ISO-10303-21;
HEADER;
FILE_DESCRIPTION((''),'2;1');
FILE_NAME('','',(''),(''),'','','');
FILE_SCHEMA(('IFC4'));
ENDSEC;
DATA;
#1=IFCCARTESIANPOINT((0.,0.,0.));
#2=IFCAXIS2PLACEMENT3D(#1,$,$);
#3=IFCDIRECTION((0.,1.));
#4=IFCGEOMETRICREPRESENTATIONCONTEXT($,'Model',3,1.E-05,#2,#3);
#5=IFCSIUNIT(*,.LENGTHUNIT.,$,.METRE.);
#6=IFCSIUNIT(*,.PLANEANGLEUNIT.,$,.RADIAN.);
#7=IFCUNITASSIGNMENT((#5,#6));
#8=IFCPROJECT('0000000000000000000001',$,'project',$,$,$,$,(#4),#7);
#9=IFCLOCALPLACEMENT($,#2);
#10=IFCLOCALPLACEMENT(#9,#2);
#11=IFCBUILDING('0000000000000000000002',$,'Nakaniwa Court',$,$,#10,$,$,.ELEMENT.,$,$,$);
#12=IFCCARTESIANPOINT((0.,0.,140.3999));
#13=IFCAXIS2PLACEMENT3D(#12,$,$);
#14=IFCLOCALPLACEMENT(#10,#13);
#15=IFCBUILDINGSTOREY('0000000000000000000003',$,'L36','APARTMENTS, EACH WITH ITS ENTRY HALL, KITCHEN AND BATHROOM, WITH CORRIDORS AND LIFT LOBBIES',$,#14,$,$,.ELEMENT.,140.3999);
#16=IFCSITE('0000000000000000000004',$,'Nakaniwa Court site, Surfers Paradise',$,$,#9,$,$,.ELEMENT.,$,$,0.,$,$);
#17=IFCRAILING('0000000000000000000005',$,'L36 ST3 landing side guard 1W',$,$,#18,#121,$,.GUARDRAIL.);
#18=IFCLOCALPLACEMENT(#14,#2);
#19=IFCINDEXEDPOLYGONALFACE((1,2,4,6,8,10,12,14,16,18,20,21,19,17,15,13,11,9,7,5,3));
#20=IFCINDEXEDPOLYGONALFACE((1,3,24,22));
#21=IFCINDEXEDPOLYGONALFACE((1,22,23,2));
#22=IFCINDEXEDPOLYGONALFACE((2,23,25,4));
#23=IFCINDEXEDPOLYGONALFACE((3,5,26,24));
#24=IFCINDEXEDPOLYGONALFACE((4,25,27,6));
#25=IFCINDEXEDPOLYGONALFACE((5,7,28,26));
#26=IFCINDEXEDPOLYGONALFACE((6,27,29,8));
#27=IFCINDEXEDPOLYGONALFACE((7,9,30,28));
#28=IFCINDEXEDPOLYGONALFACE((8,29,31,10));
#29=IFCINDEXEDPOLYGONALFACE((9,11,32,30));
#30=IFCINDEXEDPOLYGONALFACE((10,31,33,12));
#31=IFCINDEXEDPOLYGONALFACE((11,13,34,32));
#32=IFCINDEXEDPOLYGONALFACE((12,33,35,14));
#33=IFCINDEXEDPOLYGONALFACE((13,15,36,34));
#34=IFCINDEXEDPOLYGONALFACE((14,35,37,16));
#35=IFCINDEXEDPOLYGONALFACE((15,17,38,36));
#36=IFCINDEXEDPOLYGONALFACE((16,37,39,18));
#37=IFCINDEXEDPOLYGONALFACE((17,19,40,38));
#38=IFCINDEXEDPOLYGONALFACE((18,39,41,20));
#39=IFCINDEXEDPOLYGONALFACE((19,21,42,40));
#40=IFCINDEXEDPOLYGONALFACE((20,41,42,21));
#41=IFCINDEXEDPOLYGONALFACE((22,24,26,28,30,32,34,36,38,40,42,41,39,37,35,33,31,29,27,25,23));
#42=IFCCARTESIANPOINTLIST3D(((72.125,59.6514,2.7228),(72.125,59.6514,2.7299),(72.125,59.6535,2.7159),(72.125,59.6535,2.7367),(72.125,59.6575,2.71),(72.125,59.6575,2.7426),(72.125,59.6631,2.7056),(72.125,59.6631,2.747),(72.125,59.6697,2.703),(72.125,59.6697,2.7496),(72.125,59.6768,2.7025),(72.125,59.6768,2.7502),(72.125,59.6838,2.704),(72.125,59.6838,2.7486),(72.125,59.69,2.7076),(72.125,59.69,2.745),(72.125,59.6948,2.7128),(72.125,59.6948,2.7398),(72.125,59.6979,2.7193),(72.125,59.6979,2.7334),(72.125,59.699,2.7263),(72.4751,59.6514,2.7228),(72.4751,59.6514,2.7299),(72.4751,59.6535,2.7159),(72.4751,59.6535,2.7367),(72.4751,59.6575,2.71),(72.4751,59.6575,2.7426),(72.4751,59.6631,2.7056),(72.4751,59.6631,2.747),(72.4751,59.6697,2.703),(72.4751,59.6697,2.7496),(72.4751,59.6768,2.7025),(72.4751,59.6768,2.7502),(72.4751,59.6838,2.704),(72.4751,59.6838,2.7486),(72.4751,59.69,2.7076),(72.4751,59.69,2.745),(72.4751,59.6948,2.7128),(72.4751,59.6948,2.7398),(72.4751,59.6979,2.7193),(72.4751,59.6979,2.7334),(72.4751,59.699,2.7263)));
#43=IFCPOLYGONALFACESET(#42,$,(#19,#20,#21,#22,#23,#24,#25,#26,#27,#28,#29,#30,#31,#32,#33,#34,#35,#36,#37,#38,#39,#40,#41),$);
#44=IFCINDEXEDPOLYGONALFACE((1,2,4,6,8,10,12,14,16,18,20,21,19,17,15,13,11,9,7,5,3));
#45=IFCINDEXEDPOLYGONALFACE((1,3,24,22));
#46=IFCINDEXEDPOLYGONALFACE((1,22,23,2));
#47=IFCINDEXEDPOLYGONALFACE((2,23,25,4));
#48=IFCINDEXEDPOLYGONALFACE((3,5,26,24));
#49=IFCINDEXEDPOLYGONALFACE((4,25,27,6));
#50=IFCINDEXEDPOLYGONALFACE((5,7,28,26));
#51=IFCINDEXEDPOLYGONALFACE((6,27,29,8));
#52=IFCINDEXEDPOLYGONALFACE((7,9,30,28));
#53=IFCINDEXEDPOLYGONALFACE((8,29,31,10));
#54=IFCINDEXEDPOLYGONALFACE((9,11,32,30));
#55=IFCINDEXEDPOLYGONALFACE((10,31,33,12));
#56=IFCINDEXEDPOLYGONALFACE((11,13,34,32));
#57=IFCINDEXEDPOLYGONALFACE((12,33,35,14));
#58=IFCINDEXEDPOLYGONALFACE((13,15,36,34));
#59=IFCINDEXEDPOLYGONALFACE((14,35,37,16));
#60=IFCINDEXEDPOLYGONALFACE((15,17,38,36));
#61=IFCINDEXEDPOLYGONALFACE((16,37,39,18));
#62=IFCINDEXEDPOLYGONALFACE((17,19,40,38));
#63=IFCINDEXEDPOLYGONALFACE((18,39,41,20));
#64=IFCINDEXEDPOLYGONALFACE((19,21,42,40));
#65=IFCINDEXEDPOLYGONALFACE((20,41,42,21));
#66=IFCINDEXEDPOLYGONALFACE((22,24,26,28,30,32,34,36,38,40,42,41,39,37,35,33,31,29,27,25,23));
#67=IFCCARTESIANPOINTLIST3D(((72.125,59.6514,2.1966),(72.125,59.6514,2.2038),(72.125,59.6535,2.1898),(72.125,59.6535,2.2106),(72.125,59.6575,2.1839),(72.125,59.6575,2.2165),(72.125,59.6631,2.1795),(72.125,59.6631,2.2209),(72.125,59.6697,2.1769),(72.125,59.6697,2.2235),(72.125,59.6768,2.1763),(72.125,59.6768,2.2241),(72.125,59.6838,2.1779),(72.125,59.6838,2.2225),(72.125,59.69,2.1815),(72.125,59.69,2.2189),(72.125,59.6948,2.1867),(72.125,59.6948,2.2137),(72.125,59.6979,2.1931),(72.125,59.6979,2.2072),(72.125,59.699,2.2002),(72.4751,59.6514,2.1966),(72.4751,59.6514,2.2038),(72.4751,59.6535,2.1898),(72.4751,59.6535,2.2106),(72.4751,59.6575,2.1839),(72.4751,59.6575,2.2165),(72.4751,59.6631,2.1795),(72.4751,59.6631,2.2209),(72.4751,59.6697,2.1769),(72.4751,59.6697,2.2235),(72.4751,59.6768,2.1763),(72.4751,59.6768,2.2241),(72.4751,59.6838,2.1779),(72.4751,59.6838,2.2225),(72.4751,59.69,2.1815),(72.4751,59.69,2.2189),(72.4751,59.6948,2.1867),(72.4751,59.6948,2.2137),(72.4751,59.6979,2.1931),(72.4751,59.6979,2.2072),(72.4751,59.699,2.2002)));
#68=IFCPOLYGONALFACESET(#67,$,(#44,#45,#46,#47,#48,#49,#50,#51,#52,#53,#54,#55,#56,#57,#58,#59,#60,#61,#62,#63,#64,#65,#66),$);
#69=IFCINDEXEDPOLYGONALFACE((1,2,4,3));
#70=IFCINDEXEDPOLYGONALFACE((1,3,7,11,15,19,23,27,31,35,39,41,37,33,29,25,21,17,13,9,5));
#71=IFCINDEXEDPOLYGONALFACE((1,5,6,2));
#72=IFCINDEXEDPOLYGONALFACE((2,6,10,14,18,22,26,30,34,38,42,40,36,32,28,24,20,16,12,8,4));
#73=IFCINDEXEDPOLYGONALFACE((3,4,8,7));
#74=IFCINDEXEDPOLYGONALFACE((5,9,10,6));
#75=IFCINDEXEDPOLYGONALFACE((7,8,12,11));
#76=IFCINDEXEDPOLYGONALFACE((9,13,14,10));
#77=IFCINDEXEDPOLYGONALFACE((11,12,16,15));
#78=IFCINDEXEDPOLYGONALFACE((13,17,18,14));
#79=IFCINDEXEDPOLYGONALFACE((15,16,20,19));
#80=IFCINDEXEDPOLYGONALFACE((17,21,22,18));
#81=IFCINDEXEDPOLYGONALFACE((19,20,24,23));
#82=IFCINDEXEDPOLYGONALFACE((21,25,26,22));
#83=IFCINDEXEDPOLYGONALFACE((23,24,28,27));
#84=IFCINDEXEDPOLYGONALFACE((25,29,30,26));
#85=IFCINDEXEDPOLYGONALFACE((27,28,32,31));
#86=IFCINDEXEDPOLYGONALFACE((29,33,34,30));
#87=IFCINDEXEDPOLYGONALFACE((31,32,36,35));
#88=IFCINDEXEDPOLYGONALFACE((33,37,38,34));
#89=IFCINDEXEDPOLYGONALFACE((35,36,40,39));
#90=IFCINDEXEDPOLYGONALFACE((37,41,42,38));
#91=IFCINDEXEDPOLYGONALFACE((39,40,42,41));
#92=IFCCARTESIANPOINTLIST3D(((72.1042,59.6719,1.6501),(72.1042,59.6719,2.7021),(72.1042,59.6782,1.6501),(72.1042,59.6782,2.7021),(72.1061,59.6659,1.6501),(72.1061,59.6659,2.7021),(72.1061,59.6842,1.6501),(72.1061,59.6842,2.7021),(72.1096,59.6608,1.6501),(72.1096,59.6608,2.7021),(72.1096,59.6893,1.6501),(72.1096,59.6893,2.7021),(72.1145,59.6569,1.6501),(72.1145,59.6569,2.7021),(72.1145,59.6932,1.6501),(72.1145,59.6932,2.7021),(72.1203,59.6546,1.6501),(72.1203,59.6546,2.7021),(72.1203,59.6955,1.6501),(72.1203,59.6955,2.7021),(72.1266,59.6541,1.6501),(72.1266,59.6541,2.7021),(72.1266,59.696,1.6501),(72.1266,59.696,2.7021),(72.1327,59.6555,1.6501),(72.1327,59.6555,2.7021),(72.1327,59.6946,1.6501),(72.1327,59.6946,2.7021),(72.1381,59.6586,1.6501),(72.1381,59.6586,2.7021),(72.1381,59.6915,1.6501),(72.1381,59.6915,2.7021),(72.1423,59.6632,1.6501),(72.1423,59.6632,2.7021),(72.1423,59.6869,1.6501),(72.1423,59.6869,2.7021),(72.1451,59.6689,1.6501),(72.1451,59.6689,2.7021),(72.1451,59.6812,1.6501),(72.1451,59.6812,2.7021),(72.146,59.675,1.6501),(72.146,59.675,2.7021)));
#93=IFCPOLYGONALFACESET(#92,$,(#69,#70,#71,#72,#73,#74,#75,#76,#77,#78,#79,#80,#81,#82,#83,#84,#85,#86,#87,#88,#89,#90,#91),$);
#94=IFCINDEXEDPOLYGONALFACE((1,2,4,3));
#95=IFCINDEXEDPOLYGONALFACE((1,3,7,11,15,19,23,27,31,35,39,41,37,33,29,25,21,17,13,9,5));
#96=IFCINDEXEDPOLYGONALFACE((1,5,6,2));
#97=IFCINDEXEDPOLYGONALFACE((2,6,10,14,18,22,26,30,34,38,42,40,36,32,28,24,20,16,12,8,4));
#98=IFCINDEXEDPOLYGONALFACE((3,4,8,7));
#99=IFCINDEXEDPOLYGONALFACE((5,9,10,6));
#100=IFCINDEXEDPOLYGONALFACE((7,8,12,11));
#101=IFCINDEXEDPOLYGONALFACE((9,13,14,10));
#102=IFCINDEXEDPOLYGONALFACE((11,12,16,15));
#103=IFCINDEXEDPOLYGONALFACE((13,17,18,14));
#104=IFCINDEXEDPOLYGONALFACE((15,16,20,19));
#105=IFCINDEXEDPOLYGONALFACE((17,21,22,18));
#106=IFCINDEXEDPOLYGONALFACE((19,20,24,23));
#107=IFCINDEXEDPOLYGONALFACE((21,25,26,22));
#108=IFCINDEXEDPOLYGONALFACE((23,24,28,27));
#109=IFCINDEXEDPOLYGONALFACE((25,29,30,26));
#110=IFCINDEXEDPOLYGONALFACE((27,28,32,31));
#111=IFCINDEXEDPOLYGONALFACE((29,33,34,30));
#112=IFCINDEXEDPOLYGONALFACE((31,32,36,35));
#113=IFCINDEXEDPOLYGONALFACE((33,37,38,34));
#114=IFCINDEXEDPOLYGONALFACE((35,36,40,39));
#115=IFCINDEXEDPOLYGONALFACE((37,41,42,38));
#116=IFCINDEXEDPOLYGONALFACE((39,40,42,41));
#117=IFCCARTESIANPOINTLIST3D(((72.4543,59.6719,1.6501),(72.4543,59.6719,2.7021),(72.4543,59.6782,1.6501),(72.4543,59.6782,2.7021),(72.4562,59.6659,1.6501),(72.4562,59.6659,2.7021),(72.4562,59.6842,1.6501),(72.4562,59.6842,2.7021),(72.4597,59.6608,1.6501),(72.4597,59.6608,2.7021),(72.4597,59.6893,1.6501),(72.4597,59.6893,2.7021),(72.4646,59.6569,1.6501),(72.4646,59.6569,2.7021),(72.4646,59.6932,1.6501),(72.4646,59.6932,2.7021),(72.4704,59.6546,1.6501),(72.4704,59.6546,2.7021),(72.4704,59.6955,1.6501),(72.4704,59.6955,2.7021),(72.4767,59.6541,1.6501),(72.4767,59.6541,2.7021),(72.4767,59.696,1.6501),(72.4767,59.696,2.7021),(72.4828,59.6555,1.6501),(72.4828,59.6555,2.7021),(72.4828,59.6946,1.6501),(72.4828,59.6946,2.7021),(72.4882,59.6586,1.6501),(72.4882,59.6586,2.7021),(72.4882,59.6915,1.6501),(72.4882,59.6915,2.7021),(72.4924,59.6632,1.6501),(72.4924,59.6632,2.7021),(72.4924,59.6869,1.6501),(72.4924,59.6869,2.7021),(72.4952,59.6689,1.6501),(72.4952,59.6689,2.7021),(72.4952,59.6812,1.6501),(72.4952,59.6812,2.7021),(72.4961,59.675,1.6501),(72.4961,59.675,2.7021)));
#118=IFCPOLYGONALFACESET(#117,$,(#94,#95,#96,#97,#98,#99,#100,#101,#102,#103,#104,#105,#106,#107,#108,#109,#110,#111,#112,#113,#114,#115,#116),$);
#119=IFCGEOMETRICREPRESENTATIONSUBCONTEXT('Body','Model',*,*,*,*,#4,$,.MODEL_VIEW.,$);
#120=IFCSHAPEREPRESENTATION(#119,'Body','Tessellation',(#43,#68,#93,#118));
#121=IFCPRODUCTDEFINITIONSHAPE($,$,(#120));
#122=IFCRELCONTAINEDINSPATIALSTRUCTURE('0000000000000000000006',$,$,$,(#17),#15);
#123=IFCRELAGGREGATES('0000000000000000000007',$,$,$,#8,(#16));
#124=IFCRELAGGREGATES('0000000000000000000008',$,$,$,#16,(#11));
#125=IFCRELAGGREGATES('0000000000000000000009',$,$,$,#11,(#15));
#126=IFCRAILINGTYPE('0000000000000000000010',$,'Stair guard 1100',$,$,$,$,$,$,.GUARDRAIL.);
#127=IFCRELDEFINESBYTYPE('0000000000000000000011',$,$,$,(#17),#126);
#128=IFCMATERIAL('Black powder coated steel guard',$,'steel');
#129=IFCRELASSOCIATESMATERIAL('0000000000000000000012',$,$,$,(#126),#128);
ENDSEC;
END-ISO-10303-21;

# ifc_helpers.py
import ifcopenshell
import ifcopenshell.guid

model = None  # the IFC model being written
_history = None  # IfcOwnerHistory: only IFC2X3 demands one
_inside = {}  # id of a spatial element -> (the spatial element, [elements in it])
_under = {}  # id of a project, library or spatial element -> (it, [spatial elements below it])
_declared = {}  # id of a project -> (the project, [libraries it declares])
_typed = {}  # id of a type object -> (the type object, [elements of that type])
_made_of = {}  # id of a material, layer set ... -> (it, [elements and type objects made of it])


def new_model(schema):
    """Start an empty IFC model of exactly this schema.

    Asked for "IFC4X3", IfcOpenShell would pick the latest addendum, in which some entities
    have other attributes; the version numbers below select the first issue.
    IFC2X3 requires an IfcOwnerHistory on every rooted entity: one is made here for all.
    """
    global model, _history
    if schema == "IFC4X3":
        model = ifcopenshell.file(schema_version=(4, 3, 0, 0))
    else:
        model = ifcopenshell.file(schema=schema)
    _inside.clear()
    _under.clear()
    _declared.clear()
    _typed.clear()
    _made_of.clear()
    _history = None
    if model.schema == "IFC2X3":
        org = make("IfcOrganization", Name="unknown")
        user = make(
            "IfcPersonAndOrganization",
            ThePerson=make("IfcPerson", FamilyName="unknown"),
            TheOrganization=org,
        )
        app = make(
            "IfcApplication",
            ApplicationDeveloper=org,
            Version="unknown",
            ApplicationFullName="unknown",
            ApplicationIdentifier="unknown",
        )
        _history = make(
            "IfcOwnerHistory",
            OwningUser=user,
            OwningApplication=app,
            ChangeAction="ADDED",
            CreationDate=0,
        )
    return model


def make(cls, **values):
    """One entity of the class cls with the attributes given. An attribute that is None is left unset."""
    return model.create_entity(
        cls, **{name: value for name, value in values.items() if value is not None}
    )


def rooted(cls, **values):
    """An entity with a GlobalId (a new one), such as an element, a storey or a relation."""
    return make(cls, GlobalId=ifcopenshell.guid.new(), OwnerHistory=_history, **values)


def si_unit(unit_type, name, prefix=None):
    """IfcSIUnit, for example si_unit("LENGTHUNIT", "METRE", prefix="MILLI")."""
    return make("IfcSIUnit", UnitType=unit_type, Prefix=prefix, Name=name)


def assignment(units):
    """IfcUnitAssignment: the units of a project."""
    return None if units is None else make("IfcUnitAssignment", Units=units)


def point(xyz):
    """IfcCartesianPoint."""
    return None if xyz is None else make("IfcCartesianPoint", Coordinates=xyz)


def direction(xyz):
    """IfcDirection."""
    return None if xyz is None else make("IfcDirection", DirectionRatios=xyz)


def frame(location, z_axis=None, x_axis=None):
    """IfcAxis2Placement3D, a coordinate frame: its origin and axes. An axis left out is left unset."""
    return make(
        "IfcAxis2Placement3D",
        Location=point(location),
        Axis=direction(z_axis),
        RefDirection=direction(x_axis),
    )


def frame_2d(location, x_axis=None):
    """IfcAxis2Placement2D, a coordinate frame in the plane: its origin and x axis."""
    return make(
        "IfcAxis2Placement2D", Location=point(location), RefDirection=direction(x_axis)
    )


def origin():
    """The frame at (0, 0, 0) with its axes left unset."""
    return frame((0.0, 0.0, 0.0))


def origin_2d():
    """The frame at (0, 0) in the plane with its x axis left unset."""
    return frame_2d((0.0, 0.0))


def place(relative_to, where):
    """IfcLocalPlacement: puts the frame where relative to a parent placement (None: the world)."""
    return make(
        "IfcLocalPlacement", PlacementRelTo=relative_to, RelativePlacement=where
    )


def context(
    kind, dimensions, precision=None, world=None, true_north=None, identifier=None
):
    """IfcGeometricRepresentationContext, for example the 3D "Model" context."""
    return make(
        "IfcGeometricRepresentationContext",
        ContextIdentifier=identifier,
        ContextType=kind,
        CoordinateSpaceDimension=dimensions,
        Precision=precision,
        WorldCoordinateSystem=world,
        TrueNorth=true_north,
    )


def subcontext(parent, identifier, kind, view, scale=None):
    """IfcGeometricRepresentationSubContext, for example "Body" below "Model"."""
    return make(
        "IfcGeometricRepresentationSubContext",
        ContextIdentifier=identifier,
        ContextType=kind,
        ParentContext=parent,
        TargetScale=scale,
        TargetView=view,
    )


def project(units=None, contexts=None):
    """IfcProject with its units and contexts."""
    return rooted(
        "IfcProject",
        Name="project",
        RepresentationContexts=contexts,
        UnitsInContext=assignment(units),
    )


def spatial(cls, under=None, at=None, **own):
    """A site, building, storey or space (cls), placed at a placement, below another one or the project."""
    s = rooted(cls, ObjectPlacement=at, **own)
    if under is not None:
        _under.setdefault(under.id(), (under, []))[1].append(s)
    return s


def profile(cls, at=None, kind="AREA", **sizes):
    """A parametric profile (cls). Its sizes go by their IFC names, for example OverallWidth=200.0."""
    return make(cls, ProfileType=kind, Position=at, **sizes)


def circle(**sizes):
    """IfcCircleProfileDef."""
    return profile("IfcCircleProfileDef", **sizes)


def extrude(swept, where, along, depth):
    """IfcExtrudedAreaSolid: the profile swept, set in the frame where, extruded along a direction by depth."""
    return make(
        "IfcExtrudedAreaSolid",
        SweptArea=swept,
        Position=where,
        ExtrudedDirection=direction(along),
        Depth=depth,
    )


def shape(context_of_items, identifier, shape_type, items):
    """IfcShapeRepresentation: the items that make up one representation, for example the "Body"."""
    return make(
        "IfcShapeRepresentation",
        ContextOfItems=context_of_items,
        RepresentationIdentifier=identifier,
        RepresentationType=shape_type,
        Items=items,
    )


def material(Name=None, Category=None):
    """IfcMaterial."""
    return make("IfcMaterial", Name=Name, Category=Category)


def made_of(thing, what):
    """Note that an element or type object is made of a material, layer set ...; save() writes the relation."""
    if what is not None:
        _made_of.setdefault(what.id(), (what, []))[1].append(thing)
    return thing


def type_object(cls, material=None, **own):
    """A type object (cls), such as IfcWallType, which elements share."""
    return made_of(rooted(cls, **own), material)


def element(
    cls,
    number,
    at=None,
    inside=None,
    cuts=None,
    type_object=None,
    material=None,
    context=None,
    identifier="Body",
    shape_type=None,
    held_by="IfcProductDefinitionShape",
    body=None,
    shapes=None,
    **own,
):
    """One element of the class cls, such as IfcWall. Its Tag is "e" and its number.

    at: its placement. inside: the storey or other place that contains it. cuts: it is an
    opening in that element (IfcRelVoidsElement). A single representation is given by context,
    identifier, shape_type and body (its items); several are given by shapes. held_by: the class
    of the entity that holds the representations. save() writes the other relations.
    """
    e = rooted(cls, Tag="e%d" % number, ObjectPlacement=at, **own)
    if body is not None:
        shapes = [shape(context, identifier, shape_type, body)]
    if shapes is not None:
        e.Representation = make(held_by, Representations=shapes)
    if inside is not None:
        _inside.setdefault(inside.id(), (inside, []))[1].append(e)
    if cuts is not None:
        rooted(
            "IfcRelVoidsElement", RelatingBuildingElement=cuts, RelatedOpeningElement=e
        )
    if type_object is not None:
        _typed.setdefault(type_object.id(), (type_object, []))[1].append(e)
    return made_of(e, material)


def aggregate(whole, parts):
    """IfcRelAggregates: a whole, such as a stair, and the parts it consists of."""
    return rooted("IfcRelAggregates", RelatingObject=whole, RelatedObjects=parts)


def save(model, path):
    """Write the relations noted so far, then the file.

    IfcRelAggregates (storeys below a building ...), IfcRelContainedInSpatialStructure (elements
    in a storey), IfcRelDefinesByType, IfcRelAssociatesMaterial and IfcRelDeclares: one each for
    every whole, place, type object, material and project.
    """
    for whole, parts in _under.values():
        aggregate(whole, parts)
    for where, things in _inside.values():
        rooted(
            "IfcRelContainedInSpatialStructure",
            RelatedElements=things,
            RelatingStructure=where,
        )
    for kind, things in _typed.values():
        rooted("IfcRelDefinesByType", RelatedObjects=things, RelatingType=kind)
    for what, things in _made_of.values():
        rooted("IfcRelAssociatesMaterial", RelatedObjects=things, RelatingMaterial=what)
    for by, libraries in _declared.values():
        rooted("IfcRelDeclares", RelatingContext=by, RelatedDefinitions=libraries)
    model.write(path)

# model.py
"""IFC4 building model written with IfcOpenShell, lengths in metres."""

from ifc_helpers import new_model, si_unit, direction, frame, origin, origin_2d, place, context, subcontext, project, spatial, circle, extrude, material, type_object, element, save


model = new_model("IFC4")

# Units and contexts
model_context = context("Model", 3, precision=1e-05, world=origin(), true_north=direction((0.0, 1.0)))
body_context = subcontext(model_context, "Body", "Model", "MODEL_VIEW")
ifc_project = project(units=[si_unit("LENGTHUNIT", "METRE"), si_unit("PLANEANGLEUNIT", "RADIAN")], contexts=[model_context])

# Site, building, storey
site_placement = place(None, origin())
site = spatial("IfcSite", under=ifc_project, at=site_placement, Name="Nakaniwa Court site, Surfers Paradise", CompositionType="ELEMENT", RefElevation=0.0)
building_placement = place(site_placement, origin())
building = spatial("IfcBuilding", under=site, at=building_placement, Name="Nakaniwa Court", CompositionType="ELEMENT")
storey_placement = place(building_placement, frame((0.0, 0.0, 140.3999)))
storey = spatial("IfcBuildingStorey", under=building, at=storey_placement, Name="L36", Description="APARTMENTS, EACH WITH ITS ENTRY HALL, KITCHEN AND BATHROOM, WITH CORRIDORS AND LIFT LOBBIES", CompositionType="ELEMENT", Elevation=140.3999)

# Railing
ifc_material_1 = material(Name="Black powder coated steel guard", Category="steel")
railing_type_1 = type_object("IfcRailingType", Name="Stair guard 1100", PredefinedType="GUARDRAIL", material=ifc_material_1)
for number, where, name in (
    (1, (72.125, 59.675, 1.6501), "L36 ST3 landing side guard 1W"),
):
    element("IfcRailing", number, at=place(storey_placement, frame(where)), inside=storey, type_object=railing_type_1, Name=name, PredefinedType="GUARDRAIL", context=body_context, shape_type="SweptSolid", body=[
        extrude(circle(Radius=0.0239, at=origin_2d()), frame((0.0, 0.0, 1.0762), z_axis=(1.0, 0.0, 0.0), x_axis=(0.0, 1.0, 0.0)), (0.0, 0.0, 1.0), 0.3501),
        extrude(circle(Radius=0.0239, at=origin_2d()), frame((0.0, 0.0, 0.55), z_axis=(1.0, 0.0, 0.0), x_axis=(0.0, 1.0, 0.0)), (0.0, 0.0, 1.0), 0.3501),
        extrude(circle(Radius=0.021, at=origin_2d()), origin(), (0.0, 0.0, 1.0), 1.052),
        extrude(circle(Radius=0.021, at=origin_2d()), frame((0.3501, 0.0, 0.0)), (0.0, 0.0, 1.0), 1.052),
    ])

save(model, "model.ifc")
